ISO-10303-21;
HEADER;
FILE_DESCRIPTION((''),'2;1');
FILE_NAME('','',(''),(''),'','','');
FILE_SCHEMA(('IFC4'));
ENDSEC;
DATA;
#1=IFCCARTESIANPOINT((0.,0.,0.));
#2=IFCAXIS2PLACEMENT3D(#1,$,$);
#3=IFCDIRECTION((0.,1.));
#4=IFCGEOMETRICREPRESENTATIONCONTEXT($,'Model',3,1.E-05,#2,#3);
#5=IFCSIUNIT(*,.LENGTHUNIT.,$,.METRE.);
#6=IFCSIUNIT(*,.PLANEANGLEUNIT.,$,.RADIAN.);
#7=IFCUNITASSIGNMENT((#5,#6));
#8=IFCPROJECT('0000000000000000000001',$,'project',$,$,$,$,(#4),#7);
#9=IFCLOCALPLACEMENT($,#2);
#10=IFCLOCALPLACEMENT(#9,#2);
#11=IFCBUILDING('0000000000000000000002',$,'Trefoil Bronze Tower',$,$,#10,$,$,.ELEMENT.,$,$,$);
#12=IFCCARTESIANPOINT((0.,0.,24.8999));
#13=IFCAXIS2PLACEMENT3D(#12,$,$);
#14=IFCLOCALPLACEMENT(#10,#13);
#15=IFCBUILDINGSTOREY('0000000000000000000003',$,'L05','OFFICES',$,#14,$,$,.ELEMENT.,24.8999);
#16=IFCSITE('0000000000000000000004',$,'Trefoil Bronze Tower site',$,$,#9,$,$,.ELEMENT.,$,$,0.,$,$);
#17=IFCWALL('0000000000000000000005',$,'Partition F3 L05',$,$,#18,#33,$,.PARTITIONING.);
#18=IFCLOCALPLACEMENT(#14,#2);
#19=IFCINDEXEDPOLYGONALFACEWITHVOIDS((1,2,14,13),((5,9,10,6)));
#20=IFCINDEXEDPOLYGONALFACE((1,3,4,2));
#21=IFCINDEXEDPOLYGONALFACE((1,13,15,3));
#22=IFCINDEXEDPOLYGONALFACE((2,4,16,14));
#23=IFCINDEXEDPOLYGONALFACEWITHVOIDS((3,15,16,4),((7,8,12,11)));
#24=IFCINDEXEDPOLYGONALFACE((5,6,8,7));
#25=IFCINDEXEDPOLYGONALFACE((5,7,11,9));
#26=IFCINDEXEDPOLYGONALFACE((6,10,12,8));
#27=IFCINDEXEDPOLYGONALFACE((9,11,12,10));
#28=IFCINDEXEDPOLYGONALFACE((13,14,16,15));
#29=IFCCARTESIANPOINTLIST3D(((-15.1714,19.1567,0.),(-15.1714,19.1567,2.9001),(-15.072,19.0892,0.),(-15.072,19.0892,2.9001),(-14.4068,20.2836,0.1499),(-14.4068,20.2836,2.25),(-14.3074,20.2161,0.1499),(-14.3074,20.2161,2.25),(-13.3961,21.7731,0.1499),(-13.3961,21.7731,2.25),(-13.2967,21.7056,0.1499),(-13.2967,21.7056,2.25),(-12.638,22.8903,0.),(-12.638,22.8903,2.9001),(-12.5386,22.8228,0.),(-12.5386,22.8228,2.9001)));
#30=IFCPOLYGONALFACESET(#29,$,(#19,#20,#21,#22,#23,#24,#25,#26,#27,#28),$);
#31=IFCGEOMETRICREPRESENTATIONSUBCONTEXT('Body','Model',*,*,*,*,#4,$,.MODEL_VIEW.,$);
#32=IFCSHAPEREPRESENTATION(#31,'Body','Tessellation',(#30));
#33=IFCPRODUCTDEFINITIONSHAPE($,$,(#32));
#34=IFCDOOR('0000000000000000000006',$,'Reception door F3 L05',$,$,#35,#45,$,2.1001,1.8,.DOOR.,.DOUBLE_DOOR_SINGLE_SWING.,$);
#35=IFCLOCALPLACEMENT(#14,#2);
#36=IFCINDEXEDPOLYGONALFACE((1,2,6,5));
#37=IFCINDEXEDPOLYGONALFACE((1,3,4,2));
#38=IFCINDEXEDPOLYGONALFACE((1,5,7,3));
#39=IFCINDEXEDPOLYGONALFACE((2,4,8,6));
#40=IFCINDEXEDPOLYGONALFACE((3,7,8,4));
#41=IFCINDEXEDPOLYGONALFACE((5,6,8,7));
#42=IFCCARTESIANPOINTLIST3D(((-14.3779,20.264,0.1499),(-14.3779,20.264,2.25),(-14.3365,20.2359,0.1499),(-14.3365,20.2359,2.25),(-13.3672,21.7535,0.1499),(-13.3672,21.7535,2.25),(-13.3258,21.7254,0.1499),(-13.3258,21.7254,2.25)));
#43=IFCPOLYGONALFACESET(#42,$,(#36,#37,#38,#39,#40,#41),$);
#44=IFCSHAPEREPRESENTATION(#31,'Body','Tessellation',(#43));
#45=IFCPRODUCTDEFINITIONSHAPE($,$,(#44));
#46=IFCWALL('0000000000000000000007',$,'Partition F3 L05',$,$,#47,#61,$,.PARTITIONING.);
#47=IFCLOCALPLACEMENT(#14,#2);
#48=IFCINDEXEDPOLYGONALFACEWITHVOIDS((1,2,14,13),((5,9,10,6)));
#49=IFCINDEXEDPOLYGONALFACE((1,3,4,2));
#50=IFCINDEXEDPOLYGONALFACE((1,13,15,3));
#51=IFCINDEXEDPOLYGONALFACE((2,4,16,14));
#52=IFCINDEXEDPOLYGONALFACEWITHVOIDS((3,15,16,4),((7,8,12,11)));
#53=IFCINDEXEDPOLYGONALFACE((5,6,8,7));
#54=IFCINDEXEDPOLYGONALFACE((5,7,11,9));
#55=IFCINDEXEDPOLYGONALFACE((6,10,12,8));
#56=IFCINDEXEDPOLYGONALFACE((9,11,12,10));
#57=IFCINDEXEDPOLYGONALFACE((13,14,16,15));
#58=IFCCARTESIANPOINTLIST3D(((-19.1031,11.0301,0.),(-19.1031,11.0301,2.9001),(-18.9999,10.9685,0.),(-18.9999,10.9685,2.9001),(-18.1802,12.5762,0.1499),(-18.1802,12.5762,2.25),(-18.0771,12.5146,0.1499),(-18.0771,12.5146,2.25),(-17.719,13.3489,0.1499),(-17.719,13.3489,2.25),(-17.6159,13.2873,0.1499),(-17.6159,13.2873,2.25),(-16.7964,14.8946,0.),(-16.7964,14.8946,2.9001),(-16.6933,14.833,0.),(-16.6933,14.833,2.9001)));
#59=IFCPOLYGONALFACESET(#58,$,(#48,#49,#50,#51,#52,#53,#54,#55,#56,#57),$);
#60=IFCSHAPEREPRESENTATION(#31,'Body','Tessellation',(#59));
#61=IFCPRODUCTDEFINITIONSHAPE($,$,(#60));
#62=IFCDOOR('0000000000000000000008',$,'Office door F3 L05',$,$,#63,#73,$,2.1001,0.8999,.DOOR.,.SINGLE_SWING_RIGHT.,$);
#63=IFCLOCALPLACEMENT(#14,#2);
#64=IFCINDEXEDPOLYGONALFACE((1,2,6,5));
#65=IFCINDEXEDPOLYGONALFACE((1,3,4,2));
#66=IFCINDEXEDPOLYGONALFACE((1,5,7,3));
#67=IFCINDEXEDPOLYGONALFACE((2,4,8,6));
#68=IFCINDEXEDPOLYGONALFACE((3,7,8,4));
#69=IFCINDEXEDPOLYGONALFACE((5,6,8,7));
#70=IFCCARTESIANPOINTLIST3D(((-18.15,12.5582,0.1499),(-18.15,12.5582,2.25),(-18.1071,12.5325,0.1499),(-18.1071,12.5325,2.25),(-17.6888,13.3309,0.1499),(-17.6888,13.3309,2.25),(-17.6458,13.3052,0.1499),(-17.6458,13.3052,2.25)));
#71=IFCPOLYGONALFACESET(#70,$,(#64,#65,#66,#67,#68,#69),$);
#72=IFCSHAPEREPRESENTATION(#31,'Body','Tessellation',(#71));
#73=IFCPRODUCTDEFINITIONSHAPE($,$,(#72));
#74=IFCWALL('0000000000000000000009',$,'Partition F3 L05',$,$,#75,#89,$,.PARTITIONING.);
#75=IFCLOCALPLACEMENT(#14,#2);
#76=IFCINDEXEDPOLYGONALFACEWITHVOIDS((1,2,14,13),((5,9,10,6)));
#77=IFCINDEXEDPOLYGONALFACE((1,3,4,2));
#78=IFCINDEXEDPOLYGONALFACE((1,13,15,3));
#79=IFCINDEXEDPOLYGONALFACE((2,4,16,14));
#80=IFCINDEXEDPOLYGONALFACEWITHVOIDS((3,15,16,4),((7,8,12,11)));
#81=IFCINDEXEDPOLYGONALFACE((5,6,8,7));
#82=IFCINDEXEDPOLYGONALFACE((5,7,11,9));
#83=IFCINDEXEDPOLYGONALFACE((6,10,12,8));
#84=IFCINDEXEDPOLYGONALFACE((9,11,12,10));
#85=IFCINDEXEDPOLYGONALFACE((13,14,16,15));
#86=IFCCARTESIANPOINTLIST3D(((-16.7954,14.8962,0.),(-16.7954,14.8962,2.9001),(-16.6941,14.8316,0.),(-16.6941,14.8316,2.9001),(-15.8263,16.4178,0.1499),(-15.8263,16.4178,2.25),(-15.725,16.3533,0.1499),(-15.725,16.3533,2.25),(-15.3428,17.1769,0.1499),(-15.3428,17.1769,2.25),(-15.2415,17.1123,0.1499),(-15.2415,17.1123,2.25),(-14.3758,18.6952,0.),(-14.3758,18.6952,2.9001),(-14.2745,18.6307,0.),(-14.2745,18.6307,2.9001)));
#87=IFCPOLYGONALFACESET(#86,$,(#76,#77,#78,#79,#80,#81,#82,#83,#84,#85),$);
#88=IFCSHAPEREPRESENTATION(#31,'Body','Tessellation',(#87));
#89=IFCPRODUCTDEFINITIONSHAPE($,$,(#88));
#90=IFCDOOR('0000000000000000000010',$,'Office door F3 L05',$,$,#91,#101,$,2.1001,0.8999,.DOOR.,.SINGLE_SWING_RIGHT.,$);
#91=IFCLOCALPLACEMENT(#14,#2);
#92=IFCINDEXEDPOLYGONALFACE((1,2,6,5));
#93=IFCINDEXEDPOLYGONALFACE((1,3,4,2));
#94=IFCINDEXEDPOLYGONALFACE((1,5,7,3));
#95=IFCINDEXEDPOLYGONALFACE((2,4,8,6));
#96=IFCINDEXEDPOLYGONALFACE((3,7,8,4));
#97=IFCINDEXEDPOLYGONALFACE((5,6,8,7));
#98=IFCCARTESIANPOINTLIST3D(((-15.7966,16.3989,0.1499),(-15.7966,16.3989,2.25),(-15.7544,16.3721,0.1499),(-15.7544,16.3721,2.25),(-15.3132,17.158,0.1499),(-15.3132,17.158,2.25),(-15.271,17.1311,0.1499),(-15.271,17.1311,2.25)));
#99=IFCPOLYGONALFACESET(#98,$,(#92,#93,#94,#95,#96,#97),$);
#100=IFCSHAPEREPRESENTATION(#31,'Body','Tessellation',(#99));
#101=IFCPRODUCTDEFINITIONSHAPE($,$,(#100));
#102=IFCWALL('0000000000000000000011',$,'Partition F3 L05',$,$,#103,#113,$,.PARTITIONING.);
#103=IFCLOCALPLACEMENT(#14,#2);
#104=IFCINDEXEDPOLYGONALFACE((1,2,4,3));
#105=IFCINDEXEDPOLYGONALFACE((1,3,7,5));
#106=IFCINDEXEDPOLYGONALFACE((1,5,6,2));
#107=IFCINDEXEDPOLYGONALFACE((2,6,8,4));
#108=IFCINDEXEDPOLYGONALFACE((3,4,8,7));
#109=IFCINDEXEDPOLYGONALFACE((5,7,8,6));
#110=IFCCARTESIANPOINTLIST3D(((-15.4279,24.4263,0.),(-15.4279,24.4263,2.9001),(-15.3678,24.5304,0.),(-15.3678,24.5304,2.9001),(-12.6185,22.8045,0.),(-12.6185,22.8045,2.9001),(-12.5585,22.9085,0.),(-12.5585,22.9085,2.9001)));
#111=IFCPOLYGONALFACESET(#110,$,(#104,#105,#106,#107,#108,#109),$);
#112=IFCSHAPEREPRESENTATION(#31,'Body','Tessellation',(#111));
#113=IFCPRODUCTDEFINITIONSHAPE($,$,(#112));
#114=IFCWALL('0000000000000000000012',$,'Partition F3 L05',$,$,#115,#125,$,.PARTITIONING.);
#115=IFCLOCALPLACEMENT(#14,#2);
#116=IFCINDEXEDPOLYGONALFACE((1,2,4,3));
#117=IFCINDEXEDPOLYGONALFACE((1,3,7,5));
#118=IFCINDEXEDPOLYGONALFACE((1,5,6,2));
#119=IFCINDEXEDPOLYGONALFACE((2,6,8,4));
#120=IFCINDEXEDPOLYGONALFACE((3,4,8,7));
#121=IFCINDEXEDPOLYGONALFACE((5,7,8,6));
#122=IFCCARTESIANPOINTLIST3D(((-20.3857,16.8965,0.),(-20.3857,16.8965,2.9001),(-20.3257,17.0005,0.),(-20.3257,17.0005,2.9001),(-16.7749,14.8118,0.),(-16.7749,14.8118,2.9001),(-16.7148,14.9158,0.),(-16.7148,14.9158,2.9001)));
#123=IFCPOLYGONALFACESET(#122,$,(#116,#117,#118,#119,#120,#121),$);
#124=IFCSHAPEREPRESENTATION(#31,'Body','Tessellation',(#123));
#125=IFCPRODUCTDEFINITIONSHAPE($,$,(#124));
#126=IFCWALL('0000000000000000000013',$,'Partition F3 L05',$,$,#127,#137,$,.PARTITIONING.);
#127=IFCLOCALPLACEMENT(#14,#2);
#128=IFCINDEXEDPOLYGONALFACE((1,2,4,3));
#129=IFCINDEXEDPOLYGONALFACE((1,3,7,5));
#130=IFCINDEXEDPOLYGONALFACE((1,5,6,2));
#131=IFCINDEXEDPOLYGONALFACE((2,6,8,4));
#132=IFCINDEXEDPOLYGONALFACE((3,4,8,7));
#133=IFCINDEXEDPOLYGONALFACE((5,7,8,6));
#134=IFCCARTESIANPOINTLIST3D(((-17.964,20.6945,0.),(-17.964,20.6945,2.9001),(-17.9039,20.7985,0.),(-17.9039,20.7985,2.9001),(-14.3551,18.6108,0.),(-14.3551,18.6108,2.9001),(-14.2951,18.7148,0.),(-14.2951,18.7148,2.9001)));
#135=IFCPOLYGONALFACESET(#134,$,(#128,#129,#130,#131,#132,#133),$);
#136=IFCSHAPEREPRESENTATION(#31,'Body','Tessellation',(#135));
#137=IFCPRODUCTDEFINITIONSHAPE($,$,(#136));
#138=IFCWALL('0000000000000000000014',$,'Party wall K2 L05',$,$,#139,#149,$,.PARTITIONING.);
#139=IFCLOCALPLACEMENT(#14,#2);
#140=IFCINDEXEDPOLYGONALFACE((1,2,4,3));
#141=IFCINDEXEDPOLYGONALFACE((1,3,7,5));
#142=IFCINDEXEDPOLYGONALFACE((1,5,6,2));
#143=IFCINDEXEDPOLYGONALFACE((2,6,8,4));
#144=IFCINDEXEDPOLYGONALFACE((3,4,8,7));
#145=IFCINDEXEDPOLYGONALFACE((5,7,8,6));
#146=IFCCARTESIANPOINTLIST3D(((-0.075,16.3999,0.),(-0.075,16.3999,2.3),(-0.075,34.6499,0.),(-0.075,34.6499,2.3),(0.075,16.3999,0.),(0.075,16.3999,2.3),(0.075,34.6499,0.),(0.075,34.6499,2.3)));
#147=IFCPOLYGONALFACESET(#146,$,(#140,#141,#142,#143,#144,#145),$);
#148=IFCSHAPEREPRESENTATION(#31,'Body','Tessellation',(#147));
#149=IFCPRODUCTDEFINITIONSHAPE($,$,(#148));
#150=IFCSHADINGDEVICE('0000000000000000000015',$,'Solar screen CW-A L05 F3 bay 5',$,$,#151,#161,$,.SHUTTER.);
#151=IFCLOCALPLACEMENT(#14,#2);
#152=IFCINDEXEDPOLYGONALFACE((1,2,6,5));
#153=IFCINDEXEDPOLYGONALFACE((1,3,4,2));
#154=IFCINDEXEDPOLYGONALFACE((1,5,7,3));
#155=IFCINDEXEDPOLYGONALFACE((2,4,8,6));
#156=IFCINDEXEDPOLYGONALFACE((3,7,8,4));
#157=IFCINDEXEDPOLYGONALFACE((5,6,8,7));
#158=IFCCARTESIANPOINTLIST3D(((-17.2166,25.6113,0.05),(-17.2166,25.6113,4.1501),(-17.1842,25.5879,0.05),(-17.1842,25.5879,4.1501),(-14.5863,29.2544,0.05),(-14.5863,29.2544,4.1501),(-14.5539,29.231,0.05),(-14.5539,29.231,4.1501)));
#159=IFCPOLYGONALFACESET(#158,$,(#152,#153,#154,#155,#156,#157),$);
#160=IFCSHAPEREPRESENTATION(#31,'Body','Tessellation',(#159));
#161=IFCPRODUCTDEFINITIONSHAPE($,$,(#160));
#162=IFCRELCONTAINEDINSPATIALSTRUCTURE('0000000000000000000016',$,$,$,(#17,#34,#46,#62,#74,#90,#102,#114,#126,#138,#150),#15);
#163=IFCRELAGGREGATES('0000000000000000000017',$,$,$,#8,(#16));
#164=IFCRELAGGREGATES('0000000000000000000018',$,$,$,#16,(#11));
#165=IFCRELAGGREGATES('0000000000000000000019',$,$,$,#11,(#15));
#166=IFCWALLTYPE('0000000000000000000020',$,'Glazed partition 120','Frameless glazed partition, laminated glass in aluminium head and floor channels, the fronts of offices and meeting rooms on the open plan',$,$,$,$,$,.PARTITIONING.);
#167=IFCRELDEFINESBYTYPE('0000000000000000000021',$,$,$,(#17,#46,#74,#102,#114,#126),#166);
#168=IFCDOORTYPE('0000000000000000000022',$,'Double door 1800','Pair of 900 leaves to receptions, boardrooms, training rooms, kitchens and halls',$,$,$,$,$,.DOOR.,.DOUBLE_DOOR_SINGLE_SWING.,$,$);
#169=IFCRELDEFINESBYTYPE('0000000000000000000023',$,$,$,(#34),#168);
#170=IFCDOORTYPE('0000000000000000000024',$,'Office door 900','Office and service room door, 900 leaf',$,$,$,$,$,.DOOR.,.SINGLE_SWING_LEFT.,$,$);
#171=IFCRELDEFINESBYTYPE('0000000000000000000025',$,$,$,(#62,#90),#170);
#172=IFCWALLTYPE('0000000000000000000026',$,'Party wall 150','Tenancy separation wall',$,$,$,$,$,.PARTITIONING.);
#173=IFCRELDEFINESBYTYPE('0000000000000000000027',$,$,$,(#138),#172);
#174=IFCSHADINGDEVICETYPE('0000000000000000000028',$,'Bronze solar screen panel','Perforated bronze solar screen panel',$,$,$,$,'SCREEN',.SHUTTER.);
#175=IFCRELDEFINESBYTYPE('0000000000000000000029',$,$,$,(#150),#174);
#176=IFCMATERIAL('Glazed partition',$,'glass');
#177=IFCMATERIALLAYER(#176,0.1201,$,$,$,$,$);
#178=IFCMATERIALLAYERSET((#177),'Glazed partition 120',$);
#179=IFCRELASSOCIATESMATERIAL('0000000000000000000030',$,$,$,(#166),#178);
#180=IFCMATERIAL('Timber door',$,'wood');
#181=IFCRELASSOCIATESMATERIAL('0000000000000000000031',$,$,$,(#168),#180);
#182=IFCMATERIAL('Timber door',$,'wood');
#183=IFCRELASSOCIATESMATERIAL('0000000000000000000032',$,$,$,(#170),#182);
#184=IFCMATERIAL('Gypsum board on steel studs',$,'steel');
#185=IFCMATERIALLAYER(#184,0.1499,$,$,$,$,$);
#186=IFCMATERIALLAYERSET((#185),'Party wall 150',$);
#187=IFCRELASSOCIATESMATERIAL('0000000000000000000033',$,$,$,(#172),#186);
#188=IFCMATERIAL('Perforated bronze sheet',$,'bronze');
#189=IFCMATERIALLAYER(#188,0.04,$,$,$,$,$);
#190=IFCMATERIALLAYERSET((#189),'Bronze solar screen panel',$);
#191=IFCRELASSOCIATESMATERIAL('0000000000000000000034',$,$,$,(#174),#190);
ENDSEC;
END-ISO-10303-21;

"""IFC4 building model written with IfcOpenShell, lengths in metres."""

from ifc_helpers import new_model, si_unit, direction, frame, frame_2d, origin, origin_2d, place, context, subcontext, project, spatial, rectangle, extrude, material, layer, layer_set, type_object, element, fill, save


model = new_model("IFC4")

# Units and contexts
model_context = context("Model", 3, precision=1e-05, world=origin(), true_north=direction((0.0, 1.0)))
body_context = subcontext(model_context, "Body", "Model", "MODEL_VIEW")
ifc_project = project(units=[si_unit("LENGTHUNIT", "METRE"), si_unit("PLANEANGLEUNIT", "RADIAN")], contexts=[model_context])

# Site, building, storey
site_placement = place(None, origin())
site = spatial("IfcSite", under=ifc_project, at=site_placement, Name="Trefoil Bronze Tower site", CompositionType="ELEMENT", RefElevation=0.0)
building_placement = place(site_placement, origin())
building = spatial("IfcBuilding", under=site, at=building_placement, Name="Trefoil Bronze Tower", CompositionType="ELEMENT")
storey_placement = place(building_placement, frame((0.0, 0.0, 24.8999)))
storey = spatial("IfcBuildingStorey", under=building, at=storey_placement, Name="L05", Description="OFFICES", CompositionType="ELEMENT", Elevation=24.8999)

# Walls, openings, doors
ifc_material_1 = material(Name="Glazed partition", Category="glass")
ifc_layer_1 = layer(ifc_material_1, 0.1201)
ifc_layer_set_1 = layer_set([ifc_layer_1], Name="Glazed partition 120")
wall_type_1 = type_object("IfcWallType", Name="Glazed partition 120", Description="Frameless glazed partition, laminated glass in aluminium head and floor channels, the fronts of offices and meeting rooms on the open plan", PredefinedType="PARTITIONING", material=ifc_layer_set_1)
wall_1_placement = place(storey_placement, frame((-12.5884, 22.8564, 0.0), z_axis=(0.0, 0.0, 1.0), x_axis=(-0.561487, -0.827486, 0.0)))
wall_1 = element("IfcWall", 1, at=wall_1_placement, inside=storey, type_object=wall_type_1, Name="Partition F3 L05", PredefinedType="PARTITIONING", context=body_context, shape_type="SweptSolid", body=[
    extrude(rectangle(XDim=4.512, YDim=0.1201, at=frame_2d((2.2559, 0.0))), origin(), (0.0, 0.0, 1.0), 2.9001),
])
opening_1_placement = place(wall_1_placement, frame((1.3501, 0.0, 0.1499)))
opening_1 = element("IfcOpeningElement", 2, at=opening_1_placement, cuts=wall_1, PredefinedType="OPENING", context=body_context, shape_type="SweptSolid", body=[
    extrude(rectangle(XDim=1.8, YDim=2.1001, at=frame_2d((0.8999, 1.05))), frame((0.0, 0.0701, 0.0), z_axis=(0.0, -1.0, 0.0), x_axis=(1.0, 0.0, 0.0)), (0.0, 0.0, 1.0), 0.1401),
])
ifc_material_2 = material(Name="Timber door", Category="wood")
door_type_1 = type_object("IfcDoorType", Name="Double door 1800", Description="Pair of 900 leaves to receptions, boardrooms, training rooms, kitchens and halls", OperationType="DOUBLE_DOOR_SINGLE_SWING", PredefinedType="DOOR", material=ifc_material_2)
door_1_placement = place(opening_1_placement, origin())
door_1 = element("IfcDoor", 3, at=door_1_placement, inside=storey, type_object=door_type_1, Name="Reception door F3 L05", OperationType="DOUBLE_DOOR_SINGLE_SWING", OverallHeight=2.1001, OverallWidth=1.8, PredefinedType="DOOR", context=body_context, shape_type="SweptSolid", body=[
    extrude(rectangle(XDim=1.8, YDim=2.1001, at=frame_2d((0.8999, 1.05))), frame((0.0, 0.0249, 0.0), z_axis=(0.0, -1.0, 0.0), x_axis=(1.0, 0.0, 0.0)), (0.0, 0.0, 1.0), 0.05),
])
fill(opening_1, door_1)
wall_2_placement = place(storey_placement, frame((-16.7449, 14.8638, 0.0), z_axis=(0.0, 0.0, 1.0), x_axis=(-0.512524, -0.858673, 0.0)))
wall_2 = element("IfcWall", 4, at=wall_2_placement, inside=storey, type_object=wall_type_1, Name="Partition F3 L05", PredefinedType="PARTITIONING", context=body_context, shape_type="SweptSolid", body=[
    extrude(rectangle(XDim=4.5005, YDim=0.1201, at=frame_2d((2.2502, 0.0))), origin(), (0.0, 0.0, 1.0), 2.9001),
])
opening_2_placement = place(wall_2_placement, frame((1.8, 0.0, 0.1499)))
opening_2 = element("IfcOpeningElement", 5, at=opening_2_placement, cuts=wall_2, PredefinedType="OPENING", context=body_context, shape_type="SweptSolid", body=[
    extrude(rectangle(XDim=0.8999, YDim=2.1001, at=frame_2d((0.45, 1.05))), frame((0.0, 0.0701, 0.0), z_axis=(0.0, -1.0, 0.0), x_axis=(1.0, 0.0, 0.0)), (0.0, 0.0, 1.0), 0.1401),
])
ifc_material_3 = material(Name="Timber door", Category="wood")
door_type_2 = type_object("IfcDoorType", Name="Office door 900", Description="Office and service room door, 900 leaf", OperationType="SINGLE_SWING_LEFT", PredefinedType="DOOR", material=ifc_material_3)
door_2_placement = place(opening_2_placement, frame((0.8999, 0.0, 0.0), z_axis=(0.0, 0.0, 1.0), x_axis=(-1.0, 0.0, 0.0)))
door_2 = element("IfcDoor", 6, at=door_2_placement, inside=storey, type_object=door_type_2, Name="Office door F3 L05", OperationType="SINGLE_SWING_RIGHT", OverallHeight=2.1001, OverallWidth=0.8999, PredefinedType="DOOR", context=body_context, shape_type="SweptSolid", body=[
    extrude(rectangle(XDim=0.8999, YDim=2.1001, at=frame_2d((0.45, 1.05))), frame((0.0, 0.0249, 0.0), z_axis=(0.0, -1.0, 0.0), x_axis=(1.0, 0.0, 0.0)), (0.0, 0.0, 1.0), 0.05),
])
fill(opening_2, door_2)
wall_3_placement = place(storey_placement, frame((-14.3252, 18.6628, 0.0), z_axis=(0.0, 0.0, 1.0), x_axis=(-0.537205, -0.843452, 0.0)))
wall_3 = element("IfcWall", 7, at=wall_3_placement, inside=storey, type_object=wall_type_1, Name="Partition F3 L05", PredefinedType="PARTITIONING", context=body_context, shape_type="SweptSolid", body=[
    extrude(rectangle(XDim=4.5042, YDim=0.1201, at=frame_2d((2.252, 0.0))), origin(), (0.0, 0.0, 1.0), 2.9001),
])
opening_3_placement = place(wall_3_placement, frame((1.8, 0.0, 0.1499)))
opening_3 = element("IfcOpeningElement", 8, at=opening_3_placement, cuts=wall_3, PredefinedType="OPENING", context=body_context, shape_type="SweptSolid", body=[
    extrude(rectangle(XDim=0.8999, YDim=2.1001, at=frame_2d((0.45, 1.05))), frame((0.0, 0.0701, 0.0), z_axis=(0.0, -1.0, 0.0), x_axis=(1.0, 0.0, 0.0)), (0.0, 0.0, 1.0), 0.1401),
])
door_3_placement = place(opening_3_placement, frame((0.8999, 0.0, 0.0), z_axis=(0.0, 0.0, 1.0), x_axis=(-1.0, 0.0, 0.0)))
door_3 = element("IfcDoor", 9, at=door_3_placement, inside=storey, type_object=door_type_2, Name="Office door F3 L05", OperationType="SINGLE_SWING_RIGHT", OverallHeight=2.1001, OverallWidth=0.8999, PredefinedType="DOOR", context=body_context, shape_type="SweptSolid", body=[
    extrude(rectangle(XDim=0.8999, YDim=2.1001, at=frame_2d((0.45, 1.05))), frame((0.0, 0.0249, 0.0), z_axis=(0.0, -1.0, 0.0), x_axis=(1.0, 0.0, 0.0)), (0.0, 0.0, 1.0), 0.05),
])
fill(opening_3, door_3)

# Walls
wall_4_placement = place(storey_placement, frame((-12.5884, 22.8564, 0.0), z_axis=(0.0, 0.0, 1.0), x_axis=(-0.866044, 0.499968, 0.0)))
element("IfcWall", 10, at=wall_4_placement, inside=storey, type_object=wall_type_1, Name="Partition F3 L05", PredefinedType="PARTITIONING", context=body_context, shape_type="SweptSolid", body=[
    extrude(rectangle(XDim=3.2439, YDim=0.1201, at=frame_2d((1.6221, 0.0))), origin(), (0.0, 0.0, 1.0), 2.9001),
])
wall_5_placement = place(storey_placement, frame((-16.7449, 14.8638, 0.0), z_axis=(0.0, 0.0, 1.0), x_axis=(-0.866026, 0.5, 0.0)))
element("IfcWall", 11, at=wall_5_placement, inside=storey, type_object=wall_type_1, Name="Partition F3 L05", PredefinedType="PARTITIONING", context=body_context, shape_type="SweptSolid", body=[
    extrude(rectangle(XDim=4.1694, YDim=0.1201, at=frame_2d((2.0847, 0.0))), origin(), (0.0, 0.0, 1.0), 2.9001),
])
wall_6_placement = place(storey_placement, frame((-14.3252, 18.6628, 0.0), z_axis=(0.0, 0.0, 1.0), x_axis=(-0.86601, 0.500027, 0.0)))
element("IfcWall", 12, at=wall_6_placement, inside=storey, type_object=wall_type_1, Name="Partition F3 L05", PredefinedType="PARTITIONING", context=body_context, shape_type="SweptSolid", body=[
    extrude(rectangle(XDim=4.1672, YDim=0.1201, at=frame_2d((2.0835, 0.0))), origin(), (0.0, 0.0, 1.0), 2.9001),
])
ifc_material_4 = material(Name="Gypsum board on steel studs", Category="steel")
ifc_layer_2 = layer(ifc_material_4, 0.1499)
ifc_layer_set_2 = layer_set([ifc_layer_2], Name="Party wall 150")
wall_type_2 = type_object("IfcWallType", Name="Party wall 150", Description="Tenancy separation wall", PredefinedType="PARTITIONING", material=ifc_layer_set_2)
wall_7_placement = place(storey_placement, frame((0.0, 16.3999, 0.0), z_axis=(0.0, 0.0, 1.0), x_axis=(0.0, 1.0, 0.0)))
element("IfcWall", 13, at=wall_7_placement, inside=storey, type_object=wall_type_2, Name="Party wall K2 L05", PredefinedType="PARTITIONING", context=body_context, shape_type="SweptSolid", body=[
    extrude(rectangle(XDim=18.25, YDim=0.1499, at=frame_2d((9.125, 0.0))), origin(), (0.0, 0.0, 1.0), 2.3),
])

# Shading device
ifc_material_5 = material(Name="Perforated bronze sheet", Category="bronze")
ifc_layer_3 = layer(ifc_material_5, 0.04)
ifc_layer_set_3 = layer_set([ifc_layer_3], Name="Bronze solar screen panel")
shading_device_type = type_object("IfcShadingDeviceType", Name="Bronze solar screen panel", Description="Perforated bronze solar screen panel", ElementType="SCREEN", PredefinedType="SHUTTER", material=ifc_layer_set_3)
shading_device_placement = place(storey_placement, frame((-15.8853, 27.4211, 0.05), z_axis=(0.0, 0.0, 1.0), x_axis=(-0.585373, -0.810764, 0.0)))
element("IfcShadingDevice", 14, at=shading_device_placement, inside=storey, type_object=shading_device_type, Name="Solar screen CW-A L05 F3 bay 5", PredefinedType="SHUTTER", context=body_context, shape_type="SweptSolid", body=[
    extrude(rectangle(XDim=4.4934, YDim=0.04, at=origin_2d()), origin(), (0.0, 0.0, 1.0), 4.1001),
])

save(model, "model.ifc")
